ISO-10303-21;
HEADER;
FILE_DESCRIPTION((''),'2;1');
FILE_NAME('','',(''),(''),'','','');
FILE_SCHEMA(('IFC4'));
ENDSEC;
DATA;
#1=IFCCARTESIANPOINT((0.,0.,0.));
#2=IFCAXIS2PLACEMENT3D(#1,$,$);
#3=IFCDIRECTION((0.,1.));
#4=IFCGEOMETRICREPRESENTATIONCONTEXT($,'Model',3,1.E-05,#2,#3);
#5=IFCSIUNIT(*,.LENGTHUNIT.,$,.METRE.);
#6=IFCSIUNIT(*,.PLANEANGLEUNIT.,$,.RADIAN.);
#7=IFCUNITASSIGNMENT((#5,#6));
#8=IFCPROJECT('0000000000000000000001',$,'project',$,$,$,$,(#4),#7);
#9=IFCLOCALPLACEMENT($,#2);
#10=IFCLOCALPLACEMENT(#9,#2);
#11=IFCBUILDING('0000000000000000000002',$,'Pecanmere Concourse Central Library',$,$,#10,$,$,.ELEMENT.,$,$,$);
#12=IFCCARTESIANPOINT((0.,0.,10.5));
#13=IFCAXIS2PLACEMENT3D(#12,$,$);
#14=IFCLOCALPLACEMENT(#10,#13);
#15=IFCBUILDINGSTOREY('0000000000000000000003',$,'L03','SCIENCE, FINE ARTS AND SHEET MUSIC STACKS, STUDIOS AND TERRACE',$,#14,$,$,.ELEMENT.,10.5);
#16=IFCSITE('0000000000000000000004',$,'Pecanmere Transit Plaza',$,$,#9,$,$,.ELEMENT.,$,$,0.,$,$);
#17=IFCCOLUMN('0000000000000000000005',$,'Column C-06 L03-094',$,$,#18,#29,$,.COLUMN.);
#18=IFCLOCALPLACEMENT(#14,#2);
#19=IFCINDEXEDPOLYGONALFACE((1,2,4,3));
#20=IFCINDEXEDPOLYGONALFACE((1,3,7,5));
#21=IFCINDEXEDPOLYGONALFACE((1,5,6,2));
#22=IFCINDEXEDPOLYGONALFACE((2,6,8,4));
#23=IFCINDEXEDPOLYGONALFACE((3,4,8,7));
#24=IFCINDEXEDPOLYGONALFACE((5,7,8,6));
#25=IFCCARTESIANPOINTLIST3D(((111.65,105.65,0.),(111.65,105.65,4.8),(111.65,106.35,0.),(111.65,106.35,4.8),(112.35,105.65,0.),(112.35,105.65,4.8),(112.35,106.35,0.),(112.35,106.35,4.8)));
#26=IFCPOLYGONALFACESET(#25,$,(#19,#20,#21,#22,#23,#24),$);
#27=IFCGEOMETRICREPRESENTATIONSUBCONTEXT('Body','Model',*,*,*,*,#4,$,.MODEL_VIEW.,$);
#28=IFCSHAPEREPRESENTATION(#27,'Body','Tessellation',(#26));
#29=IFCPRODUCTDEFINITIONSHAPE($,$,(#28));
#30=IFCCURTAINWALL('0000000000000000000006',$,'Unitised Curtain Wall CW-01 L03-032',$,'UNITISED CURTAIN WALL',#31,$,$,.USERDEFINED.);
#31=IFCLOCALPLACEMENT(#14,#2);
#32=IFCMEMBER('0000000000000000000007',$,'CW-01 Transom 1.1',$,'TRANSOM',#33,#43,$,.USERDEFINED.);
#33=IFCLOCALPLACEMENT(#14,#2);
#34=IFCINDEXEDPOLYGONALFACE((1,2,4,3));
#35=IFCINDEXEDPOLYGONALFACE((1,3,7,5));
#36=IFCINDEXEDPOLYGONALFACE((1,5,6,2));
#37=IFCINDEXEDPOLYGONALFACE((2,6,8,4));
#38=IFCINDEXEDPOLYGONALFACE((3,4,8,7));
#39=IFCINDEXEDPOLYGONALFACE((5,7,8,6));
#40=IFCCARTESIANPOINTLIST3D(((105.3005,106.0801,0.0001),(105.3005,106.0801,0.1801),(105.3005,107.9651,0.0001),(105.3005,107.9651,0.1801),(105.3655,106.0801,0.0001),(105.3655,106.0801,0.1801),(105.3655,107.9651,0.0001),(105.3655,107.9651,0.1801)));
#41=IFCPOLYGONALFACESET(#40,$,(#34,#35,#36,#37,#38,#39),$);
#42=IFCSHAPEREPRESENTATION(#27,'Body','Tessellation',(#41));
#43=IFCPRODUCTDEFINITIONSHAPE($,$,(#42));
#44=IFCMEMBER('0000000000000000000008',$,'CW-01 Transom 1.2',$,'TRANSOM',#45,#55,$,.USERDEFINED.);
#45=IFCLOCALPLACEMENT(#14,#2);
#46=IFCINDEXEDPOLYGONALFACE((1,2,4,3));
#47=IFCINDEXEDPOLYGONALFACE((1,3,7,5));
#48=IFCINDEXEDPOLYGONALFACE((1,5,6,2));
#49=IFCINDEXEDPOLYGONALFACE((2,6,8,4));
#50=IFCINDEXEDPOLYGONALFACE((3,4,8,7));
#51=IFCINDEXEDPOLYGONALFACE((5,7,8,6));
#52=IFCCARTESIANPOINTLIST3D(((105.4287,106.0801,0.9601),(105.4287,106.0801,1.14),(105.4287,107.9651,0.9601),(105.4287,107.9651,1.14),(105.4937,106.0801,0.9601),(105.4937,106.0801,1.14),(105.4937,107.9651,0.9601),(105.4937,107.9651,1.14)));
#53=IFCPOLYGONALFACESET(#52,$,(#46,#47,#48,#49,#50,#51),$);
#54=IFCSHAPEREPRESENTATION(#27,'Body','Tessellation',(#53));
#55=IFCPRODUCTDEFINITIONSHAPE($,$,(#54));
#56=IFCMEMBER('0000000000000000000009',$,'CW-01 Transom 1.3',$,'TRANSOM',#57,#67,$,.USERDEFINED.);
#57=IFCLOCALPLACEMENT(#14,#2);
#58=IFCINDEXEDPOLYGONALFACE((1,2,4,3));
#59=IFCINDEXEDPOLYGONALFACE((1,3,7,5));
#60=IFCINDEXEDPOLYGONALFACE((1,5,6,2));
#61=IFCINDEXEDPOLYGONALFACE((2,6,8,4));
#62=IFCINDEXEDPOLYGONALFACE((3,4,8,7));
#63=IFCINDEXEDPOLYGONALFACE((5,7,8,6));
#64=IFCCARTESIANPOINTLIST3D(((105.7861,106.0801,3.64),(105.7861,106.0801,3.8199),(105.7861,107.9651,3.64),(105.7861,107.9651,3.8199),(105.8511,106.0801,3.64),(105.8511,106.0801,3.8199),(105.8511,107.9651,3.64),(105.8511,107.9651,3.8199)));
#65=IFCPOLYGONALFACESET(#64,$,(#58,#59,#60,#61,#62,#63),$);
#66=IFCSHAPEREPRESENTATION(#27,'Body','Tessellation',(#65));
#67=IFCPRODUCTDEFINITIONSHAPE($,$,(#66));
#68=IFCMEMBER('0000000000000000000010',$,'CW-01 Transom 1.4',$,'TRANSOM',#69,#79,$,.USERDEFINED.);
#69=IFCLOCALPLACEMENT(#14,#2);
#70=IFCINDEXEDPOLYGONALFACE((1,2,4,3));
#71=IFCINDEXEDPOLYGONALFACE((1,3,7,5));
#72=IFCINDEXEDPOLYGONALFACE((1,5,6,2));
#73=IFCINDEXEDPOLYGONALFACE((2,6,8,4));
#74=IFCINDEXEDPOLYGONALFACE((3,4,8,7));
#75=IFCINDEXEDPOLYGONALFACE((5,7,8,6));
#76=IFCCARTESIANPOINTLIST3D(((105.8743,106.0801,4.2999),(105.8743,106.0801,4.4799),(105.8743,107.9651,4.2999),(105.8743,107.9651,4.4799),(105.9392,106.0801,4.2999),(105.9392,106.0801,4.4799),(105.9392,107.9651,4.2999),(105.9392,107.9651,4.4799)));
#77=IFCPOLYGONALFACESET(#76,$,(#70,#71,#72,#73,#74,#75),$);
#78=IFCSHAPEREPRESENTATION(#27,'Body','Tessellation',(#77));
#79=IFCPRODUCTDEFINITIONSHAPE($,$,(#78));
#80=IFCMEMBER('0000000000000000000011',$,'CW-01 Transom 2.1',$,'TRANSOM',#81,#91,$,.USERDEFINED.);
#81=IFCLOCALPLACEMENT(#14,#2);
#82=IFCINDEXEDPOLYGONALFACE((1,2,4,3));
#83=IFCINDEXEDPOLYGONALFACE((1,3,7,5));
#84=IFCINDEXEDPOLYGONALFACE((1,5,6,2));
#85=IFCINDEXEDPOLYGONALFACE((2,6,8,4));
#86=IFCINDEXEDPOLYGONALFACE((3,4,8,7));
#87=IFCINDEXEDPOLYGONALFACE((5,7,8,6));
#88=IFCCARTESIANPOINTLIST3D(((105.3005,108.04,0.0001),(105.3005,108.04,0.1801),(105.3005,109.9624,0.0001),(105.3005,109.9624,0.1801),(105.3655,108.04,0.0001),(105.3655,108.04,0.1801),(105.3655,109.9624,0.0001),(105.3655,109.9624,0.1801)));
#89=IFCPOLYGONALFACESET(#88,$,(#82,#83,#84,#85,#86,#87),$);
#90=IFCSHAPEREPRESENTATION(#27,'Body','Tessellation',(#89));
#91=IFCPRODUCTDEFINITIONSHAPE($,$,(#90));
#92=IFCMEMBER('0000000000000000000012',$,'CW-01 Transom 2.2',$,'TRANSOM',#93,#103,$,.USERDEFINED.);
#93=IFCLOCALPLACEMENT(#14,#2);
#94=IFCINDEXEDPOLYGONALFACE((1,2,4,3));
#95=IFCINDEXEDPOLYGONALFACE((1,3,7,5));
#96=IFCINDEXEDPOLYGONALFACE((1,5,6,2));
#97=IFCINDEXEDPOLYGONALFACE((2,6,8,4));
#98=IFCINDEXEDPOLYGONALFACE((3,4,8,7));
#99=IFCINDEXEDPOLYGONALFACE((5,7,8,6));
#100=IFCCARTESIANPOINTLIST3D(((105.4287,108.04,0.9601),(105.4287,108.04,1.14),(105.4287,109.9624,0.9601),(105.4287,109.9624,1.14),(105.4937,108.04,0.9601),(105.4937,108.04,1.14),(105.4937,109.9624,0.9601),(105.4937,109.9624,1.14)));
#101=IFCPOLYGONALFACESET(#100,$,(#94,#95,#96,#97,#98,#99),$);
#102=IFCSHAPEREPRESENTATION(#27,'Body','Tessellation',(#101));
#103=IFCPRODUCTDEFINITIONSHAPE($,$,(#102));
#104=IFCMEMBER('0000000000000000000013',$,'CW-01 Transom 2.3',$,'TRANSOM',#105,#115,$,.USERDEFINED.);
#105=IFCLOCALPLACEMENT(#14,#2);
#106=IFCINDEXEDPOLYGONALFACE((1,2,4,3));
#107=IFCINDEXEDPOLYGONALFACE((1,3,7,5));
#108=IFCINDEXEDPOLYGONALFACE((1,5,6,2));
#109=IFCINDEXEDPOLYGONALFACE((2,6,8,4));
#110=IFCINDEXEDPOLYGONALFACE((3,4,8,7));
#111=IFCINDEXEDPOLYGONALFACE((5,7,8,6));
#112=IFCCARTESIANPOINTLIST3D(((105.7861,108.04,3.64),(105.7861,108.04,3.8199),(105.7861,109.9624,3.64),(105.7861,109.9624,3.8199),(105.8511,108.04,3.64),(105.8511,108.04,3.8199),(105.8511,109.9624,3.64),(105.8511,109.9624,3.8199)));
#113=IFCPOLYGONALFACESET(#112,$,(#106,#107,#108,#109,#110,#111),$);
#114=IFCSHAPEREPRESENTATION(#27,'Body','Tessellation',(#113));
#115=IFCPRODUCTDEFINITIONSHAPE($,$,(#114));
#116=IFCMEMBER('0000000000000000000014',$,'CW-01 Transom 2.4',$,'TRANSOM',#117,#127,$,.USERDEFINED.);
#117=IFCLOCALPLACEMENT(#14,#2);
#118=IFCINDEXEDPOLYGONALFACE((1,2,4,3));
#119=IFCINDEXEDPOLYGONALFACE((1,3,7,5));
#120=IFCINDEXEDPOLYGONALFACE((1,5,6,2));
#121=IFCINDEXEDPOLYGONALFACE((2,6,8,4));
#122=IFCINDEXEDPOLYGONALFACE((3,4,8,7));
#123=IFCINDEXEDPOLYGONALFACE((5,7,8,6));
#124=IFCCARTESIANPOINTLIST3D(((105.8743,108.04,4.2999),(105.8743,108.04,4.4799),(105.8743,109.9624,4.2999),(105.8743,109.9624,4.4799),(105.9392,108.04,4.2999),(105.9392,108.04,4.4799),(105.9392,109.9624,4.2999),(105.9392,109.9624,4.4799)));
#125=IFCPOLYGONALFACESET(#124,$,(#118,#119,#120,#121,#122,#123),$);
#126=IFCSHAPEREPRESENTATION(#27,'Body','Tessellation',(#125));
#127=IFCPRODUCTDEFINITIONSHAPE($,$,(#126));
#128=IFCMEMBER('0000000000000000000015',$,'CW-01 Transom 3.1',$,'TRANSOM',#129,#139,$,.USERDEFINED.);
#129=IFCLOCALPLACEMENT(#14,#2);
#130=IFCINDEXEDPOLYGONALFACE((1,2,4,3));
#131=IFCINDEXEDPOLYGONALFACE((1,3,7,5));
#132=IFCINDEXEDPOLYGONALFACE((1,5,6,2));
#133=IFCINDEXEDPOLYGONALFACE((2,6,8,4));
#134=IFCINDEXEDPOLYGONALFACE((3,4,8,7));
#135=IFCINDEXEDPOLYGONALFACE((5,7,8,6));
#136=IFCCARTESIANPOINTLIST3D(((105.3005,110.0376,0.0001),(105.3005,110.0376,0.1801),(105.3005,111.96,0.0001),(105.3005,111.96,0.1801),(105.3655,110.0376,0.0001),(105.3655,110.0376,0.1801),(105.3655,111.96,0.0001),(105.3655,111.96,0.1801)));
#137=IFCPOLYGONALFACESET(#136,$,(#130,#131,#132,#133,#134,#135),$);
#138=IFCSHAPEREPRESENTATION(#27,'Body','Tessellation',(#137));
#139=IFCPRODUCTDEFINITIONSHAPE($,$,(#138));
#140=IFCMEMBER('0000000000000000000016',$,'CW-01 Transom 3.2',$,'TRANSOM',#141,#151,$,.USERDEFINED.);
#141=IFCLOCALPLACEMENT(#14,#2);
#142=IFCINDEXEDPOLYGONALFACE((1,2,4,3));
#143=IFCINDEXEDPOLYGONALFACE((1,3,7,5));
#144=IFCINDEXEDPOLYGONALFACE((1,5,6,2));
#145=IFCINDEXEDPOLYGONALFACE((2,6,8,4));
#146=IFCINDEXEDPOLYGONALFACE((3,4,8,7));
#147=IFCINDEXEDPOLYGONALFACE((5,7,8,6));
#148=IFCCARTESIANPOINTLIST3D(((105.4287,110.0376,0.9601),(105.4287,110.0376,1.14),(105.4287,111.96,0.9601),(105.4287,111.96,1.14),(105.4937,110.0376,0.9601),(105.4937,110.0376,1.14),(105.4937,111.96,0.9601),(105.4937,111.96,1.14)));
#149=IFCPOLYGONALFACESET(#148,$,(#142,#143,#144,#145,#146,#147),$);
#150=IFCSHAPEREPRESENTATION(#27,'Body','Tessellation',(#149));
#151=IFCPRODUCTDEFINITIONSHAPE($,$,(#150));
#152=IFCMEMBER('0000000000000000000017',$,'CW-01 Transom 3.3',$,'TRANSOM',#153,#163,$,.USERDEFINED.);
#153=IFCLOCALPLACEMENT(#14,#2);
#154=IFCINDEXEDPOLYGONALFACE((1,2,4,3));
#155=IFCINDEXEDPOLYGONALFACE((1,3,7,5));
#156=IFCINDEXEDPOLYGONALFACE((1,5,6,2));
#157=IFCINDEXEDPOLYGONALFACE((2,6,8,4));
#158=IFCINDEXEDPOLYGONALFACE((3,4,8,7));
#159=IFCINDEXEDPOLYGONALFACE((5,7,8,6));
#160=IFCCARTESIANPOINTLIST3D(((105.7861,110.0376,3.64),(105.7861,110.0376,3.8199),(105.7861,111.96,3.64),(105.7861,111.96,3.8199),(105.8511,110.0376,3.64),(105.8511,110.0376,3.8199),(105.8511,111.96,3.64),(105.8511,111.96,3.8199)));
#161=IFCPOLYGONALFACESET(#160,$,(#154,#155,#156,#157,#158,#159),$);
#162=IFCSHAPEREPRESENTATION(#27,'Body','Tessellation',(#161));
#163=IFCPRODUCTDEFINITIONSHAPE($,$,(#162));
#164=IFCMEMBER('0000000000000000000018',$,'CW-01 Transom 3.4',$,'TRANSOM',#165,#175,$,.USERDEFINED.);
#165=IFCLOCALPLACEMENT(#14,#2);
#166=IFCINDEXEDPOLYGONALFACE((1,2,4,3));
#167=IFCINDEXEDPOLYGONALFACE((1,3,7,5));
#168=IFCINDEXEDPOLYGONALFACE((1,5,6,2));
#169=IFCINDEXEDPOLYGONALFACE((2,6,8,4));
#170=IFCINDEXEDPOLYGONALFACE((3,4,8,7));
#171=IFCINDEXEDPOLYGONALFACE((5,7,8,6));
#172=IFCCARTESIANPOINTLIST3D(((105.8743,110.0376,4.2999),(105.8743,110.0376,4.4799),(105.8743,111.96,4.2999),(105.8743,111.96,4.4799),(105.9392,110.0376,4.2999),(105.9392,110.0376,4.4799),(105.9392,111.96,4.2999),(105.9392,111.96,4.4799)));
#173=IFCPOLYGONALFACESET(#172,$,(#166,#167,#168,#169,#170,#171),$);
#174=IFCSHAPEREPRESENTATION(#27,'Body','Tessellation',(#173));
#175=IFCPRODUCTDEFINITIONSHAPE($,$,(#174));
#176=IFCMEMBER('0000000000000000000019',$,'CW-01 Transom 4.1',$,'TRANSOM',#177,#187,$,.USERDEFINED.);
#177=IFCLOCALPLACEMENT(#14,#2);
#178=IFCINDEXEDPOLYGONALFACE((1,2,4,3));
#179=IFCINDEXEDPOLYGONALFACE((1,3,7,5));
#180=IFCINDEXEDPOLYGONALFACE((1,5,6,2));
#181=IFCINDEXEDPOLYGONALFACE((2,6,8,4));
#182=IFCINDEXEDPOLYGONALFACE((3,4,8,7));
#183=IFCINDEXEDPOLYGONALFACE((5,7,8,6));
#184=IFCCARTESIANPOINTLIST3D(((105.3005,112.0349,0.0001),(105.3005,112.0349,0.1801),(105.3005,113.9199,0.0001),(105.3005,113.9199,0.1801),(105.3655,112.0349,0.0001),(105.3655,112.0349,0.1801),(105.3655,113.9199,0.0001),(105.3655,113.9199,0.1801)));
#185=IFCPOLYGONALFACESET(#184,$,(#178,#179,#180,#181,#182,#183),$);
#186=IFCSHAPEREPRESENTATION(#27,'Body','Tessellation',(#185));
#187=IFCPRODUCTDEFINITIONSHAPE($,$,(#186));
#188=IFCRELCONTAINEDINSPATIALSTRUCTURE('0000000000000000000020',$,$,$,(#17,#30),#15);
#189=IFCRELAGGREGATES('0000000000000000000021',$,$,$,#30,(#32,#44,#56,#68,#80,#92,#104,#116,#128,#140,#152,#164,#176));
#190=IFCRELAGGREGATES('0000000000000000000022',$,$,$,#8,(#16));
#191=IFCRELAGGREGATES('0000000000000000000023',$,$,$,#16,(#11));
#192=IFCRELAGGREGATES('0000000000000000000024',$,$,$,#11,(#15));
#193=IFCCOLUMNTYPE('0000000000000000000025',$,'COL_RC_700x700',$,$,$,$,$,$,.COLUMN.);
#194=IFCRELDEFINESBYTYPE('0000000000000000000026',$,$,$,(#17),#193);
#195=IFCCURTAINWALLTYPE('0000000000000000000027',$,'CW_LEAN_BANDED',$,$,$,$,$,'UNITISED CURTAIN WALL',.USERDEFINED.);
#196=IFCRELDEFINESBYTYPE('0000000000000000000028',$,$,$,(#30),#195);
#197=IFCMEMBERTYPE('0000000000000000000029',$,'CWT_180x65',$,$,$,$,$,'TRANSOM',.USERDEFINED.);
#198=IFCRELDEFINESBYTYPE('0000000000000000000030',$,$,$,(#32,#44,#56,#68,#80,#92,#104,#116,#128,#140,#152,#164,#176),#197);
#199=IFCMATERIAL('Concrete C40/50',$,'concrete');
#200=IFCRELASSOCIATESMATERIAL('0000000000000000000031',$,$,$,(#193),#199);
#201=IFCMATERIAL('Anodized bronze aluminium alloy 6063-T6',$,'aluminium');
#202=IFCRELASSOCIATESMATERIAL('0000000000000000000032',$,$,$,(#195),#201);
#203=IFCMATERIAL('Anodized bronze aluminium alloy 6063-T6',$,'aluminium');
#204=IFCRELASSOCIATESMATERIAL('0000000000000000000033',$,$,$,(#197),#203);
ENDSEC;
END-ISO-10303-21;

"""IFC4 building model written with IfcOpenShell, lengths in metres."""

from ifc_helpers import new_model, si_unit, direction, frame, origin, origin_2d, place, context, subcontext, project, spatial, rectangle, extrude, material, material_profile, profile_set, type_object, element, aggregate, save


model = new_model("IFC4")

# Units and contexts
model_context = context("Model", 3, precision=1e-05, world=origin(), true_north=direction((0.0, 1.0)))
body_context = subcontext(model_context, "Body", "Model", "MODEL_VIEW")
ifc_project = project(units=[si_unit("LENGTHUNIT", "METRE"), si_unit("PLANEANGLEUNIT", "RADIAN")], contexts=[model_context])

# Site, building, storey
site_placement = place(None, origin())
site = spatial("IfcSite", under=ifc_project, at=site_placement, Name="Pecanmere Transit Plaza", CompositionType="ELEMENT", RefElevation=0.0)
building_placement = place(site_placement, origin())
building = spatial("IfcBuilding", under=site, at=building_placement, Name="Pecanmere Concourse Central Library", CompositionType="ELEMENT")
storey_placement = place(building_placement, frame((0.0, 0.0, 10.5)))
storey = spatial("IfcBuildingStorey", under=building, at=storey_placement, Name="L03", Description="SCIENCE, FINE ARTS AND SHEET MUSIC STACKS, STUDIOS AND TERRACE", CompositionType="ELEMENT", Elevation=10.5)

# Column
ifc_material_1 = material(Name="Concrete C40/50", Category="concrete")
ifc_material_profile_1 = material_profile(ifc_material_1, rectangle(XDim=0.7, YDim=0.7, at=origin_2d()), Name="RC 700x700")
ifc_profile_set_1 = profile_set([ifc_material_profile_1], Name="Concrete C40/50")
column_type = type_object("IfcColumnType", Name="COL_RC_700x700", PredefinedType="COLUMN", material=ifc_profile_set_1)
column_placement = place(storey_placement, frame((112.0, 106.0, 0.0), z_axis=(0.0, 0.0, 1.0), x_axis=(1.0, 0.0, 0.0)))
element("IfcColumn", 1, at=column_placement, inside=storey, type_object=column_type, Name="Column C-06 L03-094", PredefinedType="COLUMN", context=body_context, shape_type="SweptSolid", body=[
    extrude(rectangle(XDim=0.7, YDim=0.7, at=origin_2d()), origin(), (0.0, 0.0, 1.0), 4.8),
])

# Curtain wall, members
ifc_material_2 = material(Name="Anodized bronze aluminium alloy 6063-T6", Category="aluminium")
curtain_wall_type = type_object("IfcCurtainWallType", Name="CW_LEAN_BANDED", ElementType="UNITISED CURTAIN WALL", PredefinedType="USERDEFINED", material=ifc_material_2)
curtain_wall_1_placement = place(storey_placement, origin())
curtain_wall_1 = element("IfcCurtainWall", 2, at=curtain_wall_1_placement, inside=storey, type_object=curtain_wall_type, Name="Unitised Curtain Wall CW-01 L03-032", ObjectType="UNITISED CURTAIN WALL", PredefinedType="USERDEFINED")
ifc_material_3 = material(Name="Anodized bronze aluminium alloy 6063-T6", Category="aluminium")
ifc_material_profile_2 = material_profile(ifc_material_3, rectangle(XDim=0.0649, YDim=0.1799, at=origin_2d()), Name="AL 65x180")
ifc_profile_set_2 = profile_set([ifc_material_profile_2], Name="Anodized bronze aluminium alloy 6063-T6")
member_type = type_object("IfcMemberType", Name="CWT_180x65", ElementType="TRANSOM", PredefinedType="USERDEFINED", material=ifc_profile_set_2)
member_1_placement = place(storey_placement, frame((105.333, 106.0801, 0.0901), z_axis=(0.0, 1.0, 0.0), x_axis=(-1.0, 0.0, 0.0)))
member_1 = element("IfcMember", 3, at=member_1_placement, type_object=member_type, Name="CW-01 Transom 1.1", ObjectType="TRANSOM", PredefinedType="USERDEFINED", context=body_context, shape_type="SweptSolid", body=[
    extrude(rectangle(XDim=0.0649, YDim=0.1799, at=origin_2d()), origin(), (0.0, 0.0, 1.0), 1.885),
])
member_2_placement = place(storey_placement, frame((105.4612, 106.0801, 1.05), z_axis=(0.0, 1.0, 0.0), x_axis=(-1.0, 0.0, 0.0)))
member_2 = element("IfcMember", 4, at=member_2_placement, type_object=member_type, Name="CW-01 Transom 1.2", ObjectType="TRANSOM", PredefinedType="USERDEFINED", context=body_context, shape_type="SweptSolid", body=[
    extrude(rectangle(XDim=0.0649, YDim=0.1799, at=origin_2d()), origin(), (0.0, 0.0, 1.0), 1.885),
])
member_3_placement = place(storey_placement, frame((105.8186, 106.0801, 3.73), z_axis=(0.0, 1.0, 0.0), x_axis=(-1.0, 0.0, 0.0)))
member_3 = element("IfcMember", 5, at=member_3_placement, type_object=member_type, Name="CW-01 Transom 1.3", ObjectType="TRANSOM", PredefinedType="USERDEFINED", context=body_context, shape_type="SweptSolid", body=[
    extrude(rectangle(XDim=0.0649, YDim=0.1799, at=origin_2d()), origin(), (0.0, 0.0, 1.0), 1.885),
])
member_4_placement = place(storey_placement, frame((105.9067, 106.0801, 4.3899), z_axis=(0.0, 1.0, 0.0), x_axis=(-1.0, 0.0, 0.0)))
member_4 = element("IfcMember", 6, at=member_4_placement, type_object=member_type, Name="CW-01 Transom 1.4", ObjectType="TRANSOM", PredefinedType="USERDEFINED", context=body_context, shape_type="SweptSolid", body=[
    extrude(rectangle(XDim=0.0649, YDim=0.1799, at=origin_2d()), origin(), (0.0, 0.0, 1.0), 1.885),
])
member_5_placement = place(storey_placement, frame((105.333, 108.04, 0.0901), z_axis=(0.0, 1.0, 0.0), x_axis=(-1.0, 0.0, 0.0)))
member_5 = element("IfcMember", 7, at=member_5_placement, type_object=member_type, Name="CW-01 Transom 2.1", ObjectType="TRANSOM", PredefinedType="USERDEFINED", context=body_context, shape_type="SweptSolid", body=[
    extrude(rectangle(XDim=0.0649, YDim=0.1799, at=origin_2d()), origin(), (0.0, 0.0, 1.0), 1.9224),
])
member_6_placement = place(storey_placement, frame((105.4612, 108.04, 1.05), z_axis=(0.0, 1.0, 0.0), x_axis=(-1.0, 0.0, 0.0)))
member_6 = element("IfcMember", 8, at=member_6_placement, type_object=member_type, Name="CW-01 Transom 2.2", ObjectType="TRANSOM", PredefinedType="USERDEFINED", context=body_context, shape_type="SweptSolid", body=[
    extrude(rectangle(XDim=0.0649, YDim=0.1799, at=origin_2d()), origin(), (0.0, 0.0, 1.0), 1.9224),
])
member_7_placement = place(storey_placement, frame((105.8186, 108.04, 3.73), z_axis=(0.0, 1.0, 0.0), x_axis=(-1.0, 0.0, 0.0)))
member_7 = element("IfcMember", 9, at=member_7_placement, type_object=member_type, Name="CW-01 Transom 2.3", ObjectType="TRANSOM", PredefinedType="USERDEFINED", context=body_context, shape_type="SweptSolid", body=[
    extrude(rectangle(XDim=0.0649, YDim=0.1799, at=origin_2d()), origin(), (0.0, 0.0, 1.0), 1.9224),
])
member_8_placement = place(storey_placement, frame((105.9067, 108.04, 4.3899), z_axis=(0.0, 1.0, 0.0), x_axis=(-1.0, 0.0, 0.0)))
member_8 = element("IfcMember", 10, at=member_8_placement, type_object=member_type, Name="CW-01 Transom 2.4", ObjectType="TRANSOM", PredefinedType="USERDEFINED", context=body_context, shape_type="SweptSolid", body=[
    extrude(rectangle(XDim=0.0649, YDim=0.1799, at=origin_2d()), origin(), (0.0, 0.0, 1.0), 1.9224),
])
member_9_placement = place(storey_placement, frame((105.333, 110.0376, 0.0901), z_axis=(0.0, 1.0, 0.0), x_axis=(-1.0, 0.0, 0.0)))
member_9 = element("IfcMember", 11, at=member_9_placement, type_object=member_type, Name="CW-01 Transom 3.1", ObjectType="TRANSOM", PredefinedType="USERDEFINED", context=body_context, shape_type="SweptSolid", body=[
    extrude(rectangle(XDim=0.0649, YDim=0.1799, at=origin_2d()), origin(), (0.0, 0.0, 1.0), 1.9224),
])
member_10_placement = place(storey_placement, frame((105.4612, 110.0376, 1.05), z_axis=(0.0, 1.0, 0.0), x_axis=(-1.0, 0.0, 0.0)))
member_10 = element("IfcMember", 12, at=member_10_placement, type_object=member_type, Name="CW-01 Transom 3.2", ObjectType="TRANSOM", PredefinedType="USERDEFINED", context=body_context, shape_type="SweptSolid", body=[
    extrude(rectangle(XDim=0.0649, YDim=0.1799, at=origin_2d()), origin(), (0.0, 0.0, 1.0), 1.9224),
])
member_11_placement = place(storey_placement, frame((105.8186, 110.0376, 3.73), z_axis=(0.0, 1.0, 0.0), x_axis=(-1.0, 0.0, 0.0)))
member_11 = element("IfcMember", 13, at=member_11_placement, type_object=member_type, Name="CW-01 Transom 3.3", ObjectType="TRANSOM", PredefinedType="USERDEFINED", context=body_context, shape_type="SweptSolid", body=[
    extrude(rectangle(XDim=0.0649, YDim=0.1799, at=origin_2d()), origin(), (0.0, 0.0, 1.0), 1.9224),
])
member_12_placement = place(storey_placement, frame((105.9067, 110.0376, 4.3899), z_axis=(0.0, 1.0, 0.0), x_axis=(-1.0, 0.0, 0.0)))
member_12 = element("IfcMember", 14, at=member_12_placement, type_object=member_type, Name="CW-01 Transom 3.4", ObjectType="TRANSOM", PredefinedType="USERDEFINED", context=body_context, shape_type="SweptSolid", body=[
    extrude(rectangle(XDim=0.0649, YDim=0.1799, at=origin_2d()), origin(), (0.0, 0.0, 1.0), 1.9224),
])
member_13_placement = place(storey_placement, frame((105.333, 112.0349, 0.0901), z_axis=(0.0, 1.0, 0.0), x_axis=(-1.0, 0.0, 0.0)))
member_13 = element("IfcMember", 15, at=member_13_placement, type_object=member_type, Name="CW-01 Transom 4.1", ObjectType="TRANSOM", PredefinedType="USERDEFINED", context=body_context, shape_type="SweptSolid", body=[
    extrude(rectangle(XDim=0.0649, YDim=0.1799, at=origin_2d()), origin(), (0.0, 0.0, 1.0), 1.885),
])

aggregate(curtain_wall_1, [member_1, member_2, member_3, member_4, member_5, member_6, member_7, member_8, member_9, member_10, member_11, member_12, member_13])

save(model, "model.ifc")
